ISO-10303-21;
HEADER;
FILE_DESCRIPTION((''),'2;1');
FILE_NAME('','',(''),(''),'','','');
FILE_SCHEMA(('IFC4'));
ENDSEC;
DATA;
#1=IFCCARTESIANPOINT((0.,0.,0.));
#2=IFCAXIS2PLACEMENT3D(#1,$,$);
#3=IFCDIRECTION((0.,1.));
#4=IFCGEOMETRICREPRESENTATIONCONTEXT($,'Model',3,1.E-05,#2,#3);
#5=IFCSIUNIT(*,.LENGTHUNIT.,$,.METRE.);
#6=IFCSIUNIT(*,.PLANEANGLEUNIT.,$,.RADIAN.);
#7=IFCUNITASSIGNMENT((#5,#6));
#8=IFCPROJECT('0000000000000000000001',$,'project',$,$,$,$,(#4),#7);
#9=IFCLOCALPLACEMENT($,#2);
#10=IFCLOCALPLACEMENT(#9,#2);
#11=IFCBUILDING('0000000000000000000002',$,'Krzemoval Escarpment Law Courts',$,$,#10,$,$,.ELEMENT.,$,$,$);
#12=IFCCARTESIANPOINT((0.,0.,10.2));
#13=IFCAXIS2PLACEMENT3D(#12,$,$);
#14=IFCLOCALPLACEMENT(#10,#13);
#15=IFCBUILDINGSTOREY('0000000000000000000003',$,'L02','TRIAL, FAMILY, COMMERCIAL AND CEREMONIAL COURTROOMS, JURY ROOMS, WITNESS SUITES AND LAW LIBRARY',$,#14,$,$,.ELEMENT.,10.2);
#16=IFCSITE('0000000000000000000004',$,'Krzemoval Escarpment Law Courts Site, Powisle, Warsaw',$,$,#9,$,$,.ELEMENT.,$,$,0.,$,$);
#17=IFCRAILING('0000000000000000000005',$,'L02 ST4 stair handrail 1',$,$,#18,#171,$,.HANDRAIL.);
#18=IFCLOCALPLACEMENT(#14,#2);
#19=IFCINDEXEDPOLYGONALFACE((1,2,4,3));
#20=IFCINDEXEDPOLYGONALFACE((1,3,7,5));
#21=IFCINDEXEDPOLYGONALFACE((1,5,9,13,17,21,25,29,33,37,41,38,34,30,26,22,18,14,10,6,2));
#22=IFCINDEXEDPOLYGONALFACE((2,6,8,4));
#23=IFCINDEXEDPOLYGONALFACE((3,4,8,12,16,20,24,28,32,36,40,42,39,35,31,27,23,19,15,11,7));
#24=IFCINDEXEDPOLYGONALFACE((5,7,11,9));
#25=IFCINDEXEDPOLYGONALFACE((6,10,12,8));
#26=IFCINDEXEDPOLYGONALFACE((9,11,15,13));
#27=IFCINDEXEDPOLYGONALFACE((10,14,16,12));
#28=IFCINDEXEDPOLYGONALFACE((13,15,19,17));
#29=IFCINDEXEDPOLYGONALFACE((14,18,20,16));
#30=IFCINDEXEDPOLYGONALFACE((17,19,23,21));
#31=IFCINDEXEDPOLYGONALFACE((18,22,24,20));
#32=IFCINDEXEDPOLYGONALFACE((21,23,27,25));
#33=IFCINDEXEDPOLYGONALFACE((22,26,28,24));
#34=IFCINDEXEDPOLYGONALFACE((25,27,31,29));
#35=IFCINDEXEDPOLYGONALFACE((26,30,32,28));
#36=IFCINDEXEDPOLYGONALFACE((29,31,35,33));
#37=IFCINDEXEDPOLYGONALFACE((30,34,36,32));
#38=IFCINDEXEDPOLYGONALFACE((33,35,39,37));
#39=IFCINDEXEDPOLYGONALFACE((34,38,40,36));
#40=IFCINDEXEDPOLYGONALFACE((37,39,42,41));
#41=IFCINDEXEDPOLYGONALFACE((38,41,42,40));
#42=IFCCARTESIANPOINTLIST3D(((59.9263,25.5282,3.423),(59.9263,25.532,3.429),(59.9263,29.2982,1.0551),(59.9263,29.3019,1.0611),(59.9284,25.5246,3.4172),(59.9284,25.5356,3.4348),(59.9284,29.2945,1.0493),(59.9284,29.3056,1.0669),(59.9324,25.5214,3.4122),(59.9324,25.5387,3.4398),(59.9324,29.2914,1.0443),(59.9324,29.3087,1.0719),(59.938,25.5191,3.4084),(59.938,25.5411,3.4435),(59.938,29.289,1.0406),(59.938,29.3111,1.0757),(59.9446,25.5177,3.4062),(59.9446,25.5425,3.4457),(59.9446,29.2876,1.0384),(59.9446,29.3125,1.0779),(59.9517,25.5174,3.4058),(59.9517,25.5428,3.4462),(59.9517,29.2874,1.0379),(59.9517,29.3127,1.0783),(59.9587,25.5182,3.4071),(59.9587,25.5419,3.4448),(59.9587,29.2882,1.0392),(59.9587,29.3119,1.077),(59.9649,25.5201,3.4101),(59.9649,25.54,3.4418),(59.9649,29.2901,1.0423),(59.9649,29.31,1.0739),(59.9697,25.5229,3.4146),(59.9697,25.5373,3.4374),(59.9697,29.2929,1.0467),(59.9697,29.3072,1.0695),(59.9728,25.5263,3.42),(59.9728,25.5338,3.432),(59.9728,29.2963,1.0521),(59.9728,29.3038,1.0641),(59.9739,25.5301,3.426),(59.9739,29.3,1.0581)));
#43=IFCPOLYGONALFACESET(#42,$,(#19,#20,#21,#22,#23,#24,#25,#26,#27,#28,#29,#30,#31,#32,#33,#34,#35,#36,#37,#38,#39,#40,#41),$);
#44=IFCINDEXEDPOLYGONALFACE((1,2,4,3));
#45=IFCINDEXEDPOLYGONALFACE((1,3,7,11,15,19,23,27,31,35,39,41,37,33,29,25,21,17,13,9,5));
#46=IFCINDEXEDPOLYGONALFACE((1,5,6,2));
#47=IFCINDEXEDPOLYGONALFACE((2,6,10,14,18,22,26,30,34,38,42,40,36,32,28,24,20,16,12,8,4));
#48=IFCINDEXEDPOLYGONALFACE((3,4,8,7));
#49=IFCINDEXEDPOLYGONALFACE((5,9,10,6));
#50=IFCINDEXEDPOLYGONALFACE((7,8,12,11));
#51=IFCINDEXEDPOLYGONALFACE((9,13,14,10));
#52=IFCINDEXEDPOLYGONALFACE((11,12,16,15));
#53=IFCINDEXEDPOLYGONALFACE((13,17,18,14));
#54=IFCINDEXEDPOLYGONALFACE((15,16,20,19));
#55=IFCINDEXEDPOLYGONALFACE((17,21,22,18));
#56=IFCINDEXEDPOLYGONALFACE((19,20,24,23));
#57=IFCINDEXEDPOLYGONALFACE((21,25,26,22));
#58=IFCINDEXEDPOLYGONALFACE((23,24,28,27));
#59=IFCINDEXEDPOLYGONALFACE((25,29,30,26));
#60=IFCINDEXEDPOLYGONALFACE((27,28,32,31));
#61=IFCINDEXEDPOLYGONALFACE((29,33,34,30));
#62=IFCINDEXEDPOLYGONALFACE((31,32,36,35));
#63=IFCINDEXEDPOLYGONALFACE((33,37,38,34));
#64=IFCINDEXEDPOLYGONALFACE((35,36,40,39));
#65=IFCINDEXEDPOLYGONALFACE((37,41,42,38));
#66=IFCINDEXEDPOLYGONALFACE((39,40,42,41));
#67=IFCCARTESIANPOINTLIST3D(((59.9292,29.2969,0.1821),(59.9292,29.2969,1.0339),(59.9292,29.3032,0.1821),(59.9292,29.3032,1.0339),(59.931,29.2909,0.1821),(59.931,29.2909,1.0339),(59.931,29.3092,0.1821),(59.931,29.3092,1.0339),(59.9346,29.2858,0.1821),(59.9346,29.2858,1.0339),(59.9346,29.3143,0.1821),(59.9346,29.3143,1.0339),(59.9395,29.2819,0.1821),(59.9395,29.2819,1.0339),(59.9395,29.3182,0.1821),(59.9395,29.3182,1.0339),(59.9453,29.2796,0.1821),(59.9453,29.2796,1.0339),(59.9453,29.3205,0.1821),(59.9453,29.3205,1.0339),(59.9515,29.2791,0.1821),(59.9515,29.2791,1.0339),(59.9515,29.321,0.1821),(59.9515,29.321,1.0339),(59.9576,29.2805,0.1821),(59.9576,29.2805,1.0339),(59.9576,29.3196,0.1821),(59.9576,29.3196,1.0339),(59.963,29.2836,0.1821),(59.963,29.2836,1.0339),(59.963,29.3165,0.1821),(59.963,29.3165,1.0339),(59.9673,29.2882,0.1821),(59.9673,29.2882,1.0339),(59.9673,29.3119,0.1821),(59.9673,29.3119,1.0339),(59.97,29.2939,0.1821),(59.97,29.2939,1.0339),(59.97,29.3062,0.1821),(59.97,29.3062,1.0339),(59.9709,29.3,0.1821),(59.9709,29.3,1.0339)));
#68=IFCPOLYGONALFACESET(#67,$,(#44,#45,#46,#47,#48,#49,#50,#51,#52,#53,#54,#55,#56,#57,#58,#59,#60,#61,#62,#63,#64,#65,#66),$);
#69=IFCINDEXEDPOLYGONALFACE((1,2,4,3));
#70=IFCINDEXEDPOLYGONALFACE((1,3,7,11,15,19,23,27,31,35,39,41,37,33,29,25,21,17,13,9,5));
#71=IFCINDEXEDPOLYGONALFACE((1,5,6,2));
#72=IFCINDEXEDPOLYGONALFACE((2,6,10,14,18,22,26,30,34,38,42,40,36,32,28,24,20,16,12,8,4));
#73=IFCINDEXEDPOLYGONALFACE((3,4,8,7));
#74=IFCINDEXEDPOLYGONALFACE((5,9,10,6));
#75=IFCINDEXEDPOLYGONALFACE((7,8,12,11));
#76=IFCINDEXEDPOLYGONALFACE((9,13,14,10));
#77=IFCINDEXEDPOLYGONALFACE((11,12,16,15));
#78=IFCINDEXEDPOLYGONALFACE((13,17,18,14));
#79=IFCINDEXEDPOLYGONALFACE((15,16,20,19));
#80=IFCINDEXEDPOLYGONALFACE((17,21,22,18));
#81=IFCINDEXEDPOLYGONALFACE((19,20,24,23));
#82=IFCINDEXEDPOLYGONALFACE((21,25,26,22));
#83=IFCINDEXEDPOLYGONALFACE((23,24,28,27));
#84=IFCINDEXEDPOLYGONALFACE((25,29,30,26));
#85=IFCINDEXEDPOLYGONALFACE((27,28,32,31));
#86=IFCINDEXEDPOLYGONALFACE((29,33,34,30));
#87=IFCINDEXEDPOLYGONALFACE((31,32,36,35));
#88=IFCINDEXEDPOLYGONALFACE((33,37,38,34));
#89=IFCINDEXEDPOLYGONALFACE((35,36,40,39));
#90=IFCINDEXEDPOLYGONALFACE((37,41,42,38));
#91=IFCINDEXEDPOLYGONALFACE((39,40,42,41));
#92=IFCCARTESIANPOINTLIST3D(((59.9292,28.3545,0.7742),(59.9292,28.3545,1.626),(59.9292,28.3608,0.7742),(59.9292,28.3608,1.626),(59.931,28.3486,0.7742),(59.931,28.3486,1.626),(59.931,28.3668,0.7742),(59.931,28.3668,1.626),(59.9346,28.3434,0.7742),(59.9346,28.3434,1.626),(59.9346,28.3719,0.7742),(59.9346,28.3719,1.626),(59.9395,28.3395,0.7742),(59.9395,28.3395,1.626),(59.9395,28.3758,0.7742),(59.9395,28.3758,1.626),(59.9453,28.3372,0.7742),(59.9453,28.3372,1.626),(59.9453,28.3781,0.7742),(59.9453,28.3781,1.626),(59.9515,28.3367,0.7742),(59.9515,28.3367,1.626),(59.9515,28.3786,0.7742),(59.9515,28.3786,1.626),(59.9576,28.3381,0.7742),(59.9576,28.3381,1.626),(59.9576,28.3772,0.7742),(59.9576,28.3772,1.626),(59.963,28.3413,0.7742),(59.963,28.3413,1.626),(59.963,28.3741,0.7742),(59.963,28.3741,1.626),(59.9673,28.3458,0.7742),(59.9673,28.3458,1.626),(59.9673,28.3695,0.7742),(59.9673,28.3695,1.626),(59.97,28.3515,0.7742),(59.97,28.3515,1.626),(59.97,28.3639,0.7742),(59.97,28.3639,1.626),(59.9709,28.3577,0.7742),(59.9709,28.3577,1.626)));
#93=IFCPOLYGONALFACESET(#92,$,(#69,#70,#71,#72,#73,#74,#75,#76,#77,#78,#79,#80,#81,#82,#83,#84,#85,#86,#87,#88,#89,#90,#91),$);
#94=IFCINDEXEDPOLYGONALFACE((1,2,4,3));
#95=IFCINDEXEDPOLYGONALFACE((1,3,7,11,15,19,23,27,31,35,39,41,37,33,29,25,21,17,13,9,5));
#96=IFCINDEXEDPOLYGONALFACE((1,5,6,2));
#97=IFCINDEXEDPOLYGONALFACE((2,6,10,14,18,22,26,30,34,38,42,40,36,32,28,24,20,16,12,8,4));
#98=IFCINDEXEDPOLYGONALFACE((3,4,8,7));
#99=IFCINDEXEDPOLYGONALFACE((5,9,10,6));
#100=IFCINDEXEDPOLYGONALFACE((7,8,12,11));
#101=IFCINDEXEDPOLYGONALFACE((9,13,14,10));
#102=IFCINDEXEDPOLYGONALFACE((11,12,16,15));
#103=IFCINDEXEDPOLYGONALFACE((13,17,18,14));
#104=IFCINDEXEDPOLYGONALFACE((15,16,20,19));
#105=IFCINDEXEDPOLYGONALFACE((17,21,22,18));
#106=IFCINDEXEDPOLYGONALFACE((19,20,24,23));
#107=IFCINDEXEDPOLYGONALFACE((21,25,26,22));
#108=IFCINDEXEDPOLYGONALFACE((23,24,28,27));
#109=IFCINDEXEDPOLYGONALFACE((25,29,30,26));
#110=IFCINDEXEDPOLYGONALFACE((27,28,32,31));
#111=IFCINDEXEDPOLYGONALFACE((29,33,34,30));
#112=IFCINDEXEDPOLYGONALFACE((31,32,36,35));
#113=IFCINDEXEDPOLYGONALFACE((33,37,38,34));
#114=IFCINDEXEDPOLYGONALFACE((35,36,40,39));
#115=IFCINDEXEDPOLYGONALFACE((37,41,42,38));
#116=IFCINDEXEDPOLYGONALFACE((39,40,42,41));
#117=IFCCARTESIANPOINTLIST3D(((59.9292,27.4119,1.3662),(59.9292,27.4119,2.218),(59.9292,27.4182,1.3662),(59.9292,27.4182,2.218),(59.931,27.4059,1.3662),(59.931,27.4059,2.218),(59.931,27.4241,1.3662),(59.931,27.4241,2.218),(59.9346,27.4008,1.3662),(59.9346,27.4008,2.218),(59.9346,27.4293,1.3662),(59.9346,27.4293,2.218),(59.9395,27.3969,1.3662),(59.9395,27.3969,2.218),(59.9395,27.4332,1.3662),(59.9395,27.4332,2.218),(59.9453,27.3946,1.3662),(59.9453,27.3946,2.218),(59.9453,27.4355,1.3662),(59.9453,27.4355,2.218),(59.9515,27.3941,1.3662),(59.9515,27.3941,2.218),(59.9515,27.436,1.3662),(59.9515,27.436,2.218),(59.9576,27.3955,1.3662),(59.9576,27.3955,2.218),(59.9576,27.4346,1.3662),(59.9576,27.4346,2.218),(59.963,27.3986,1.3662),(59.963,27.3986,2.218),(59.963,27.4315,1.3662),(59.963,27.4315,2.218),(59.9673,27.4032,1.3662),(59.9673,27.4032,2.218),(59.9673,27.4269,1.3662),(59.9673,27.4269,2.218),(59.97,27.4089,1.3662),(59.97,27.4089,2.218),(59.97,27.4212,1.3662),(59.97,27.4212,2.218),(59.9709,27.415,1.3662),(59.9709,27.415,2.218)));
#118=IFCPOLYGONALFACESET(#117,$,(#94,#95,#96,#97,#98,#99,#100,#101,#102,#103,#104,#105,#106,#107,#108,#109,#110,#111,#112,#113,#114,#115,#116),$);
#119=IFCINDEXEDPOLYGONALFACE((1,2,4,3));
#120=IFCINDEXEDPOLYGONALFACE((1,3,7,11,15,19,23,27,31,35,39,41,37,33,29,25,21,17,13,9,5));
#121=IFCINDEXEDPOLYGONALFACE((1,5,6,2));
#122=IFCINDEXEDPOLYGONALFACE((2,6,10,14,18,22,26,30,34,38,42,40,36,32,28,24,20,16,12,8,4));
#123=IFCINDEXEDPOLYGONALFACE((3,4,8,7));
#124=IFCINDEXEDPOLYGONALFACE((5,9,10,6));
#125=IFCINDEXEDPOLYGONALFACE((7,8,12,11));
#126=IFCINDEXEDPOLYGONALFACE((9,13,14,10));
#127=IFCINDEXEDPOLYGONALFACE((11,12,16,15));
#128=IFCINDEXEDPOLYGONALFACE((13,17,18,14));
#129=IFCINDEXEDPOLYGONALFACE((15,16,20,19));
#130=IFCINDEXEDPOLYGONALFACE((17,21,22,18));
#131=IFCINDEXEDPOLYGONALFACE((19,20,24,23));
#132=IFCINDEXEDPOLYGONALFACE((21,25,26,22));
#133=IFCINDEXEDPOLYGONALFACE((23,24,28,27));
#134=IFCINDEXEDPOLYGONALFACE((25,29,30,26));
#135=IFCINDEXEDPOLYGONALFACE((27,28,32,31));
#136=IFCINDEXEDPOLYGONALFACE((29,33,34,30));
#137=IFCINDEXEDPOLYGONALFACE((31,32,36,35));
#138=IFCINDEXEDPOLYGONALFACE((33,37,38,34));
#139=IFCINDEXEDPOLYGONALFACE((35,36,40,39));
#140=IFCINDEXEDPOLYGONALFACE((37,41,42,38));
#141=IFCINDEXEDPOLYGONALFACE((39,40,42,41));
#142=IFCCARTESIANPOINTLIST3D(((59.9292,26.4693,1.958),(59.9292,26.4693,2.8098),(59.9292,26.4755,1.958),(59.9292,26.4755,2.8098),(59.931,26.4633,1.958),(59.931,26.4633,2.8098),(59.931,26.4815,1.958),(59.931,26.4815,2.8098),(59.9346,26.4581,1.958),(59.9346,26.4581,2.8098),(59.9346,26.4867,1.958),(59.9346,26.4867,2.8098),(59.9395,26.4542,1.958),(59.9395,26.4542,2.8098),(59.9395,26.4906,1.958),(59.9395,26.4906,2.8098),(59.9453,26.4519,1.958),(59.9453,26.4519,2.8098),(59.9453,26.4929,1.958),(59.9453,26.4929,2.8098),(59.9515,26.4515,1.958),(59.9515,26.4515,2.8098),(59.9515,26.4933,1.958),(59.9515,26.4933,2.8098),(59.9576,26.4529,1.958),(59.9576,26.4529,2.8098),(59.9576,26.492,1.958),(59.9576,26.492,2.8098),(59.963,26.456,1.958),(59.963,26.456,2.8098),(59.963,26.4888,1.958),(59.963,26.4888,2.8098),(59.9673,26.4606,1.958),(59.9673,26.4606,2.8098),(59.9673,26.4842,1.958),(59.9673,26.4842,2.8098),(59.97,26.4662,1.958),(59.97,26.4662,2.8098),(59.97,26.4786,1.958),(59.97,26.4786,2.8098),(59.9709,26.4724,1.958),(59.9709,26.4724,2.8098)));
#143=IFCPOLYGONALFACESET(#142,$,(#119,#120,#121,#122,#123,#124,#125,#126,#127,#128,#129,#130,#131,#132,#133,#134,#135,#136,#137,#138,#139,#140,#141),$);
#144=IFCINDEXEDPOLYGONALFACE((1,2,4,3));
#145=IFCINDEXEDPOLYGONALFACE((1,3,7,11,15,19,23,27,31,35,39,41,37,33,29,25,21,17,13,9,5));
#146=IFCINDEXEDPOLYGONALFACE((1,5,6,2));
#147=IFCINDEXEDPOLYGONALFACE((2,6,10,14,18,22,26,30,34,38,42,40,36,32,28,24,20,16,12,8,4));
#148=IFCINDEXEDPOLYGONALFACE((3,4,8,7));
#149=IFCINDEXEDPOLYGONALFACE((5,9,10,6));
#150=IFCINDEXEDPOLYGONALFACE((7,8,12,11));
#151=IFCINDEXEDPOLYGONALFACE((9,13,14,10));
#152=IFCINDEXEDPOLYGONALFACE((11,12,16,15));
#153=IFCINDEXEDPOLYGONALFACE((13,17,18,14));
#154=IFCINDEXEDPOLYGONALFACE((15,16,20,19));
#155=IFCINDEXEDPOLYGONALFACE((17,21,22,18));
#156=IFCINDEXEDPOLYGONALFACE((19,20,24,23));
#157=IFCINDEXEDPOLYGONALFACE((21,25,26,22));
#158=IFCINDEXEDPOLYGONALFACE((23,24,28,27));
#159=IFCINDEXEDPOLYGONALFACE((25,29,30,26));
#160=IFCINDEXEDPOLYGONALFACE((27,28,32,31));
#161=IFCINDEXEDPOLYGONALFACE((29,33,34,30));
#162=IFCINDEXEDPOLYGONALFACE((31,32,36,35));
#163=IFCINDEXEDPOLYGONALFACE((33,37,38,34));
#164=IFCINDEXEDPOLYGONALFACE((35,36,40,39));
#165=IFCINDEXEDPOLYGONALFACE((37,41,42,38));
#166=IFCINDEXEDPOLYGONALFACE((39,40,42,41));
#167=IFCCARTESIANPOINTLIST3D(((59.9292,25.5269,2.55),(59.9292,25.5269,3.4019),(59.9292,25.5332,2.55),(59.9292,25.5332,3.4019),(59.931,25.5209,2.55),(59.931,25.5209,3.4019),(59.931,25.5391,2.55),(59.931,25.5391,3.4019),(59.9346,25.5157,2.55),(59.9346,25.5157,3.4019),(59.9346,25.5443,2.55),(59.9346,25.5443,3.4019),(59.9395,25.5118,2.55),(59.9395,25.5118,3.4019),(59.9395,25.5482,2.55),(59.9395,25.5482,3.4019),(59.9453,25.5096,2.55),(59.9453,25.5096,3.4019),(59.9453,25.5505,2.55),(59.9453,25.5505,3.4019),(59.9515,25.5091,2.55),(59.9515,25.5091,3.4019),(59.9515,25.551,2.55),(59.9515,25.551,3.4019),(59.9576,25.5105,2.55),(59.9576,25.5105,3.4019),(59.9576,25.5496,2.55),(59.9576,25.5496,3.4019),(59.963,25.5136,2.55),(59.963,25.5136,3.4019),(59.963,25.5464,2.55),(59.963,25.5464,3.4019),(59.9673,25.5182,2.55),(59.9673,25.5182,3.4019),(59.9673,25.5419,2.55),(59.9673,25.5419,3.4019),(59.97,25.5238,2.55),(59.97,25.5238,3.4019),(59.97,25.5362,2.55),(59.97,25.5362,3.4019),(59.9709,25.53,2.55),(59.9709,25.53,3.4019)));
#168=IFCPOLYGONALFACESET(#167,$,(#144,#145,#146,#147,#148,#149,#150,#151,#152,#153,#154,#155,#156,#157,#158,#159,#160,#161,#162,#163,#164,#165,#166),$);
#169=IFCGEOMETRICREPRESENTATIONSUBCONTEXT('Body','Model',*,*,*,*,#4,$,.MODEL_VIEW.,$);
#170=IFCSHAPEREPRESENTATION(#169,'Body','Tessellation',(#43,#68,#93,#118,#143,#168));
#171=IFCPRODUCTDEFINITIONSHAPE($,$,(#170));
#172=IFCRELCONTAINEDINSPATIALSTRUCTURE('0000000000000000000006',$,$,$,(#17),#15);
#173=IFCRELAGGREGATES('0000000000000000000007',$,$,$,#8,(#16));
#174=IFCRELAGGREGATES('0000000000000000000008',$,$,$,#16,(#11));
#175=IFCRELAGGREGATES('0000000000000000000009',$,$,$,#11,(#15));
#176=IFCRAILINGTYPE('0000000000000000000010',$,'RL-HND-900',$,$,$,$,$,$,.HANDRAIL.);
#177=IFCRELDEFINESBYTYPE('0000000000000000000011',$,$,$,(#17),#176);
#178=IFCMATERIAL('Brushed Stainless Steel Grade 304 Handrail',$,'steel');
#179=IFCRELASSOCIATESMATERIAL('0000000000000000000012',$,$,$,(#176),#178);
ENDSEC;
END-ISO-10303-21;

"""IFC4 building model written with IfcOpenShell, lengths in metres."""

from ifc_helpers import new_model, si_unit, direction, frame, origin, origin_2d, place, context, subcontext, project, spatial, circle, extrude, material, type_object, element, save


model = new_model("IFC4")

# Units and contexts
model_context = context("Model", 3, precision=1e-05, world=origin(), true_north=direction((0.0, 1.0)))
body_context = subcontext(model_context, "Body", "Model", "MODEL_VIEW")
ifc_project = project(units=[si_unit("LENGTHUNIT", "METRE"), si_unit("PLANEANGLEUNIT", "RADIAN")], contexts=[model_context])

# Site, building, storey
site_placement = place(None, origin())
site = spatial("IfcSite", under=ifc_project, at=site_placement, Name="Krzemoval Escarpment Law Courts Site, Powisle, Warsaw", CompositionType="ELEMENT", RefElevation=0.0)
building_placement = place(site_placement, origin())
building = spatial("IfcBuilding", under=site, at=building_placement, Name="Krzemoval Escarpment Law Courts", CompositionType="ELEMENT")
storey_placement = place(building_placement, frame((0.0, 0.0, 10.2)))
storey = spatial("IfcBuildingStorey", under=building, at=storey_placement, Name="L02", Description="TRIAL, FAMILY, COMMERCIAL AND CEREMONIAL COURTROOMS, JURY ROOMS, WITNESS SUITES AND LAW LIBRARY", CompositionType="ELEMENT", Elevation=10.2)

# Railing
ifc_material_1 = material(Name="Brushed Stainless Steel Grade 304 Handrail", Category="steel")
railing_type = type_object("IfcRailingType", Name="RL-HND-900", PredefinedType="HANDRAIL", material=ifc_material_1)
railing_placement = place(storey_placement, frame((59.95, 29.3, 0.1821)))
element("IfcRailing", 1, at=railing_placement, inside=storey, type_object=railing_type, Name="L02 ST4 stair handrail 1", PredefinedType="HANDRAIL", context=body_context, shape_type="SweptSolid", body=[
    extrude(circle(Radius=0.0239, at=origin_2d()), frame((0.0, 0.0, 0.876), z_axis=(0.0, -0.846819, 0.531881), x_axis=(1.0, 0.0, 0.0)), (0.0, 0.0, 1.0), 4.4519),
    extrude(circle(Radius=0.021, at=origin_2d()), origin(), (0.0, 0.0, 1.0), 0.8518),
    extrude(circle(Radius=0.021, at=origin_2d()), frame((0.0, -0.9424, 0.592)), (0.0, 0.0, 1.0), 0.8518),
    extrude(circle(Radius=0.021, at=origin_2d()), frame((0.0, -1.885, 1.1841)), (0.0, 0.0, 1.0), 0.8518),
    extrude(circle(Radius=0.021, at=origin_2d()), frame((0.0, -2.8276, 1.7759)), (0.0, 0.0, 1.0), 0.8518),
    extrude(circle(Radius=0.021, at=origin_2d()), frame((0.0, -3.77, 2.3679)), (0.0, 0.0, 1.0), 0.8518),
])

save(model, "model.ifc")
